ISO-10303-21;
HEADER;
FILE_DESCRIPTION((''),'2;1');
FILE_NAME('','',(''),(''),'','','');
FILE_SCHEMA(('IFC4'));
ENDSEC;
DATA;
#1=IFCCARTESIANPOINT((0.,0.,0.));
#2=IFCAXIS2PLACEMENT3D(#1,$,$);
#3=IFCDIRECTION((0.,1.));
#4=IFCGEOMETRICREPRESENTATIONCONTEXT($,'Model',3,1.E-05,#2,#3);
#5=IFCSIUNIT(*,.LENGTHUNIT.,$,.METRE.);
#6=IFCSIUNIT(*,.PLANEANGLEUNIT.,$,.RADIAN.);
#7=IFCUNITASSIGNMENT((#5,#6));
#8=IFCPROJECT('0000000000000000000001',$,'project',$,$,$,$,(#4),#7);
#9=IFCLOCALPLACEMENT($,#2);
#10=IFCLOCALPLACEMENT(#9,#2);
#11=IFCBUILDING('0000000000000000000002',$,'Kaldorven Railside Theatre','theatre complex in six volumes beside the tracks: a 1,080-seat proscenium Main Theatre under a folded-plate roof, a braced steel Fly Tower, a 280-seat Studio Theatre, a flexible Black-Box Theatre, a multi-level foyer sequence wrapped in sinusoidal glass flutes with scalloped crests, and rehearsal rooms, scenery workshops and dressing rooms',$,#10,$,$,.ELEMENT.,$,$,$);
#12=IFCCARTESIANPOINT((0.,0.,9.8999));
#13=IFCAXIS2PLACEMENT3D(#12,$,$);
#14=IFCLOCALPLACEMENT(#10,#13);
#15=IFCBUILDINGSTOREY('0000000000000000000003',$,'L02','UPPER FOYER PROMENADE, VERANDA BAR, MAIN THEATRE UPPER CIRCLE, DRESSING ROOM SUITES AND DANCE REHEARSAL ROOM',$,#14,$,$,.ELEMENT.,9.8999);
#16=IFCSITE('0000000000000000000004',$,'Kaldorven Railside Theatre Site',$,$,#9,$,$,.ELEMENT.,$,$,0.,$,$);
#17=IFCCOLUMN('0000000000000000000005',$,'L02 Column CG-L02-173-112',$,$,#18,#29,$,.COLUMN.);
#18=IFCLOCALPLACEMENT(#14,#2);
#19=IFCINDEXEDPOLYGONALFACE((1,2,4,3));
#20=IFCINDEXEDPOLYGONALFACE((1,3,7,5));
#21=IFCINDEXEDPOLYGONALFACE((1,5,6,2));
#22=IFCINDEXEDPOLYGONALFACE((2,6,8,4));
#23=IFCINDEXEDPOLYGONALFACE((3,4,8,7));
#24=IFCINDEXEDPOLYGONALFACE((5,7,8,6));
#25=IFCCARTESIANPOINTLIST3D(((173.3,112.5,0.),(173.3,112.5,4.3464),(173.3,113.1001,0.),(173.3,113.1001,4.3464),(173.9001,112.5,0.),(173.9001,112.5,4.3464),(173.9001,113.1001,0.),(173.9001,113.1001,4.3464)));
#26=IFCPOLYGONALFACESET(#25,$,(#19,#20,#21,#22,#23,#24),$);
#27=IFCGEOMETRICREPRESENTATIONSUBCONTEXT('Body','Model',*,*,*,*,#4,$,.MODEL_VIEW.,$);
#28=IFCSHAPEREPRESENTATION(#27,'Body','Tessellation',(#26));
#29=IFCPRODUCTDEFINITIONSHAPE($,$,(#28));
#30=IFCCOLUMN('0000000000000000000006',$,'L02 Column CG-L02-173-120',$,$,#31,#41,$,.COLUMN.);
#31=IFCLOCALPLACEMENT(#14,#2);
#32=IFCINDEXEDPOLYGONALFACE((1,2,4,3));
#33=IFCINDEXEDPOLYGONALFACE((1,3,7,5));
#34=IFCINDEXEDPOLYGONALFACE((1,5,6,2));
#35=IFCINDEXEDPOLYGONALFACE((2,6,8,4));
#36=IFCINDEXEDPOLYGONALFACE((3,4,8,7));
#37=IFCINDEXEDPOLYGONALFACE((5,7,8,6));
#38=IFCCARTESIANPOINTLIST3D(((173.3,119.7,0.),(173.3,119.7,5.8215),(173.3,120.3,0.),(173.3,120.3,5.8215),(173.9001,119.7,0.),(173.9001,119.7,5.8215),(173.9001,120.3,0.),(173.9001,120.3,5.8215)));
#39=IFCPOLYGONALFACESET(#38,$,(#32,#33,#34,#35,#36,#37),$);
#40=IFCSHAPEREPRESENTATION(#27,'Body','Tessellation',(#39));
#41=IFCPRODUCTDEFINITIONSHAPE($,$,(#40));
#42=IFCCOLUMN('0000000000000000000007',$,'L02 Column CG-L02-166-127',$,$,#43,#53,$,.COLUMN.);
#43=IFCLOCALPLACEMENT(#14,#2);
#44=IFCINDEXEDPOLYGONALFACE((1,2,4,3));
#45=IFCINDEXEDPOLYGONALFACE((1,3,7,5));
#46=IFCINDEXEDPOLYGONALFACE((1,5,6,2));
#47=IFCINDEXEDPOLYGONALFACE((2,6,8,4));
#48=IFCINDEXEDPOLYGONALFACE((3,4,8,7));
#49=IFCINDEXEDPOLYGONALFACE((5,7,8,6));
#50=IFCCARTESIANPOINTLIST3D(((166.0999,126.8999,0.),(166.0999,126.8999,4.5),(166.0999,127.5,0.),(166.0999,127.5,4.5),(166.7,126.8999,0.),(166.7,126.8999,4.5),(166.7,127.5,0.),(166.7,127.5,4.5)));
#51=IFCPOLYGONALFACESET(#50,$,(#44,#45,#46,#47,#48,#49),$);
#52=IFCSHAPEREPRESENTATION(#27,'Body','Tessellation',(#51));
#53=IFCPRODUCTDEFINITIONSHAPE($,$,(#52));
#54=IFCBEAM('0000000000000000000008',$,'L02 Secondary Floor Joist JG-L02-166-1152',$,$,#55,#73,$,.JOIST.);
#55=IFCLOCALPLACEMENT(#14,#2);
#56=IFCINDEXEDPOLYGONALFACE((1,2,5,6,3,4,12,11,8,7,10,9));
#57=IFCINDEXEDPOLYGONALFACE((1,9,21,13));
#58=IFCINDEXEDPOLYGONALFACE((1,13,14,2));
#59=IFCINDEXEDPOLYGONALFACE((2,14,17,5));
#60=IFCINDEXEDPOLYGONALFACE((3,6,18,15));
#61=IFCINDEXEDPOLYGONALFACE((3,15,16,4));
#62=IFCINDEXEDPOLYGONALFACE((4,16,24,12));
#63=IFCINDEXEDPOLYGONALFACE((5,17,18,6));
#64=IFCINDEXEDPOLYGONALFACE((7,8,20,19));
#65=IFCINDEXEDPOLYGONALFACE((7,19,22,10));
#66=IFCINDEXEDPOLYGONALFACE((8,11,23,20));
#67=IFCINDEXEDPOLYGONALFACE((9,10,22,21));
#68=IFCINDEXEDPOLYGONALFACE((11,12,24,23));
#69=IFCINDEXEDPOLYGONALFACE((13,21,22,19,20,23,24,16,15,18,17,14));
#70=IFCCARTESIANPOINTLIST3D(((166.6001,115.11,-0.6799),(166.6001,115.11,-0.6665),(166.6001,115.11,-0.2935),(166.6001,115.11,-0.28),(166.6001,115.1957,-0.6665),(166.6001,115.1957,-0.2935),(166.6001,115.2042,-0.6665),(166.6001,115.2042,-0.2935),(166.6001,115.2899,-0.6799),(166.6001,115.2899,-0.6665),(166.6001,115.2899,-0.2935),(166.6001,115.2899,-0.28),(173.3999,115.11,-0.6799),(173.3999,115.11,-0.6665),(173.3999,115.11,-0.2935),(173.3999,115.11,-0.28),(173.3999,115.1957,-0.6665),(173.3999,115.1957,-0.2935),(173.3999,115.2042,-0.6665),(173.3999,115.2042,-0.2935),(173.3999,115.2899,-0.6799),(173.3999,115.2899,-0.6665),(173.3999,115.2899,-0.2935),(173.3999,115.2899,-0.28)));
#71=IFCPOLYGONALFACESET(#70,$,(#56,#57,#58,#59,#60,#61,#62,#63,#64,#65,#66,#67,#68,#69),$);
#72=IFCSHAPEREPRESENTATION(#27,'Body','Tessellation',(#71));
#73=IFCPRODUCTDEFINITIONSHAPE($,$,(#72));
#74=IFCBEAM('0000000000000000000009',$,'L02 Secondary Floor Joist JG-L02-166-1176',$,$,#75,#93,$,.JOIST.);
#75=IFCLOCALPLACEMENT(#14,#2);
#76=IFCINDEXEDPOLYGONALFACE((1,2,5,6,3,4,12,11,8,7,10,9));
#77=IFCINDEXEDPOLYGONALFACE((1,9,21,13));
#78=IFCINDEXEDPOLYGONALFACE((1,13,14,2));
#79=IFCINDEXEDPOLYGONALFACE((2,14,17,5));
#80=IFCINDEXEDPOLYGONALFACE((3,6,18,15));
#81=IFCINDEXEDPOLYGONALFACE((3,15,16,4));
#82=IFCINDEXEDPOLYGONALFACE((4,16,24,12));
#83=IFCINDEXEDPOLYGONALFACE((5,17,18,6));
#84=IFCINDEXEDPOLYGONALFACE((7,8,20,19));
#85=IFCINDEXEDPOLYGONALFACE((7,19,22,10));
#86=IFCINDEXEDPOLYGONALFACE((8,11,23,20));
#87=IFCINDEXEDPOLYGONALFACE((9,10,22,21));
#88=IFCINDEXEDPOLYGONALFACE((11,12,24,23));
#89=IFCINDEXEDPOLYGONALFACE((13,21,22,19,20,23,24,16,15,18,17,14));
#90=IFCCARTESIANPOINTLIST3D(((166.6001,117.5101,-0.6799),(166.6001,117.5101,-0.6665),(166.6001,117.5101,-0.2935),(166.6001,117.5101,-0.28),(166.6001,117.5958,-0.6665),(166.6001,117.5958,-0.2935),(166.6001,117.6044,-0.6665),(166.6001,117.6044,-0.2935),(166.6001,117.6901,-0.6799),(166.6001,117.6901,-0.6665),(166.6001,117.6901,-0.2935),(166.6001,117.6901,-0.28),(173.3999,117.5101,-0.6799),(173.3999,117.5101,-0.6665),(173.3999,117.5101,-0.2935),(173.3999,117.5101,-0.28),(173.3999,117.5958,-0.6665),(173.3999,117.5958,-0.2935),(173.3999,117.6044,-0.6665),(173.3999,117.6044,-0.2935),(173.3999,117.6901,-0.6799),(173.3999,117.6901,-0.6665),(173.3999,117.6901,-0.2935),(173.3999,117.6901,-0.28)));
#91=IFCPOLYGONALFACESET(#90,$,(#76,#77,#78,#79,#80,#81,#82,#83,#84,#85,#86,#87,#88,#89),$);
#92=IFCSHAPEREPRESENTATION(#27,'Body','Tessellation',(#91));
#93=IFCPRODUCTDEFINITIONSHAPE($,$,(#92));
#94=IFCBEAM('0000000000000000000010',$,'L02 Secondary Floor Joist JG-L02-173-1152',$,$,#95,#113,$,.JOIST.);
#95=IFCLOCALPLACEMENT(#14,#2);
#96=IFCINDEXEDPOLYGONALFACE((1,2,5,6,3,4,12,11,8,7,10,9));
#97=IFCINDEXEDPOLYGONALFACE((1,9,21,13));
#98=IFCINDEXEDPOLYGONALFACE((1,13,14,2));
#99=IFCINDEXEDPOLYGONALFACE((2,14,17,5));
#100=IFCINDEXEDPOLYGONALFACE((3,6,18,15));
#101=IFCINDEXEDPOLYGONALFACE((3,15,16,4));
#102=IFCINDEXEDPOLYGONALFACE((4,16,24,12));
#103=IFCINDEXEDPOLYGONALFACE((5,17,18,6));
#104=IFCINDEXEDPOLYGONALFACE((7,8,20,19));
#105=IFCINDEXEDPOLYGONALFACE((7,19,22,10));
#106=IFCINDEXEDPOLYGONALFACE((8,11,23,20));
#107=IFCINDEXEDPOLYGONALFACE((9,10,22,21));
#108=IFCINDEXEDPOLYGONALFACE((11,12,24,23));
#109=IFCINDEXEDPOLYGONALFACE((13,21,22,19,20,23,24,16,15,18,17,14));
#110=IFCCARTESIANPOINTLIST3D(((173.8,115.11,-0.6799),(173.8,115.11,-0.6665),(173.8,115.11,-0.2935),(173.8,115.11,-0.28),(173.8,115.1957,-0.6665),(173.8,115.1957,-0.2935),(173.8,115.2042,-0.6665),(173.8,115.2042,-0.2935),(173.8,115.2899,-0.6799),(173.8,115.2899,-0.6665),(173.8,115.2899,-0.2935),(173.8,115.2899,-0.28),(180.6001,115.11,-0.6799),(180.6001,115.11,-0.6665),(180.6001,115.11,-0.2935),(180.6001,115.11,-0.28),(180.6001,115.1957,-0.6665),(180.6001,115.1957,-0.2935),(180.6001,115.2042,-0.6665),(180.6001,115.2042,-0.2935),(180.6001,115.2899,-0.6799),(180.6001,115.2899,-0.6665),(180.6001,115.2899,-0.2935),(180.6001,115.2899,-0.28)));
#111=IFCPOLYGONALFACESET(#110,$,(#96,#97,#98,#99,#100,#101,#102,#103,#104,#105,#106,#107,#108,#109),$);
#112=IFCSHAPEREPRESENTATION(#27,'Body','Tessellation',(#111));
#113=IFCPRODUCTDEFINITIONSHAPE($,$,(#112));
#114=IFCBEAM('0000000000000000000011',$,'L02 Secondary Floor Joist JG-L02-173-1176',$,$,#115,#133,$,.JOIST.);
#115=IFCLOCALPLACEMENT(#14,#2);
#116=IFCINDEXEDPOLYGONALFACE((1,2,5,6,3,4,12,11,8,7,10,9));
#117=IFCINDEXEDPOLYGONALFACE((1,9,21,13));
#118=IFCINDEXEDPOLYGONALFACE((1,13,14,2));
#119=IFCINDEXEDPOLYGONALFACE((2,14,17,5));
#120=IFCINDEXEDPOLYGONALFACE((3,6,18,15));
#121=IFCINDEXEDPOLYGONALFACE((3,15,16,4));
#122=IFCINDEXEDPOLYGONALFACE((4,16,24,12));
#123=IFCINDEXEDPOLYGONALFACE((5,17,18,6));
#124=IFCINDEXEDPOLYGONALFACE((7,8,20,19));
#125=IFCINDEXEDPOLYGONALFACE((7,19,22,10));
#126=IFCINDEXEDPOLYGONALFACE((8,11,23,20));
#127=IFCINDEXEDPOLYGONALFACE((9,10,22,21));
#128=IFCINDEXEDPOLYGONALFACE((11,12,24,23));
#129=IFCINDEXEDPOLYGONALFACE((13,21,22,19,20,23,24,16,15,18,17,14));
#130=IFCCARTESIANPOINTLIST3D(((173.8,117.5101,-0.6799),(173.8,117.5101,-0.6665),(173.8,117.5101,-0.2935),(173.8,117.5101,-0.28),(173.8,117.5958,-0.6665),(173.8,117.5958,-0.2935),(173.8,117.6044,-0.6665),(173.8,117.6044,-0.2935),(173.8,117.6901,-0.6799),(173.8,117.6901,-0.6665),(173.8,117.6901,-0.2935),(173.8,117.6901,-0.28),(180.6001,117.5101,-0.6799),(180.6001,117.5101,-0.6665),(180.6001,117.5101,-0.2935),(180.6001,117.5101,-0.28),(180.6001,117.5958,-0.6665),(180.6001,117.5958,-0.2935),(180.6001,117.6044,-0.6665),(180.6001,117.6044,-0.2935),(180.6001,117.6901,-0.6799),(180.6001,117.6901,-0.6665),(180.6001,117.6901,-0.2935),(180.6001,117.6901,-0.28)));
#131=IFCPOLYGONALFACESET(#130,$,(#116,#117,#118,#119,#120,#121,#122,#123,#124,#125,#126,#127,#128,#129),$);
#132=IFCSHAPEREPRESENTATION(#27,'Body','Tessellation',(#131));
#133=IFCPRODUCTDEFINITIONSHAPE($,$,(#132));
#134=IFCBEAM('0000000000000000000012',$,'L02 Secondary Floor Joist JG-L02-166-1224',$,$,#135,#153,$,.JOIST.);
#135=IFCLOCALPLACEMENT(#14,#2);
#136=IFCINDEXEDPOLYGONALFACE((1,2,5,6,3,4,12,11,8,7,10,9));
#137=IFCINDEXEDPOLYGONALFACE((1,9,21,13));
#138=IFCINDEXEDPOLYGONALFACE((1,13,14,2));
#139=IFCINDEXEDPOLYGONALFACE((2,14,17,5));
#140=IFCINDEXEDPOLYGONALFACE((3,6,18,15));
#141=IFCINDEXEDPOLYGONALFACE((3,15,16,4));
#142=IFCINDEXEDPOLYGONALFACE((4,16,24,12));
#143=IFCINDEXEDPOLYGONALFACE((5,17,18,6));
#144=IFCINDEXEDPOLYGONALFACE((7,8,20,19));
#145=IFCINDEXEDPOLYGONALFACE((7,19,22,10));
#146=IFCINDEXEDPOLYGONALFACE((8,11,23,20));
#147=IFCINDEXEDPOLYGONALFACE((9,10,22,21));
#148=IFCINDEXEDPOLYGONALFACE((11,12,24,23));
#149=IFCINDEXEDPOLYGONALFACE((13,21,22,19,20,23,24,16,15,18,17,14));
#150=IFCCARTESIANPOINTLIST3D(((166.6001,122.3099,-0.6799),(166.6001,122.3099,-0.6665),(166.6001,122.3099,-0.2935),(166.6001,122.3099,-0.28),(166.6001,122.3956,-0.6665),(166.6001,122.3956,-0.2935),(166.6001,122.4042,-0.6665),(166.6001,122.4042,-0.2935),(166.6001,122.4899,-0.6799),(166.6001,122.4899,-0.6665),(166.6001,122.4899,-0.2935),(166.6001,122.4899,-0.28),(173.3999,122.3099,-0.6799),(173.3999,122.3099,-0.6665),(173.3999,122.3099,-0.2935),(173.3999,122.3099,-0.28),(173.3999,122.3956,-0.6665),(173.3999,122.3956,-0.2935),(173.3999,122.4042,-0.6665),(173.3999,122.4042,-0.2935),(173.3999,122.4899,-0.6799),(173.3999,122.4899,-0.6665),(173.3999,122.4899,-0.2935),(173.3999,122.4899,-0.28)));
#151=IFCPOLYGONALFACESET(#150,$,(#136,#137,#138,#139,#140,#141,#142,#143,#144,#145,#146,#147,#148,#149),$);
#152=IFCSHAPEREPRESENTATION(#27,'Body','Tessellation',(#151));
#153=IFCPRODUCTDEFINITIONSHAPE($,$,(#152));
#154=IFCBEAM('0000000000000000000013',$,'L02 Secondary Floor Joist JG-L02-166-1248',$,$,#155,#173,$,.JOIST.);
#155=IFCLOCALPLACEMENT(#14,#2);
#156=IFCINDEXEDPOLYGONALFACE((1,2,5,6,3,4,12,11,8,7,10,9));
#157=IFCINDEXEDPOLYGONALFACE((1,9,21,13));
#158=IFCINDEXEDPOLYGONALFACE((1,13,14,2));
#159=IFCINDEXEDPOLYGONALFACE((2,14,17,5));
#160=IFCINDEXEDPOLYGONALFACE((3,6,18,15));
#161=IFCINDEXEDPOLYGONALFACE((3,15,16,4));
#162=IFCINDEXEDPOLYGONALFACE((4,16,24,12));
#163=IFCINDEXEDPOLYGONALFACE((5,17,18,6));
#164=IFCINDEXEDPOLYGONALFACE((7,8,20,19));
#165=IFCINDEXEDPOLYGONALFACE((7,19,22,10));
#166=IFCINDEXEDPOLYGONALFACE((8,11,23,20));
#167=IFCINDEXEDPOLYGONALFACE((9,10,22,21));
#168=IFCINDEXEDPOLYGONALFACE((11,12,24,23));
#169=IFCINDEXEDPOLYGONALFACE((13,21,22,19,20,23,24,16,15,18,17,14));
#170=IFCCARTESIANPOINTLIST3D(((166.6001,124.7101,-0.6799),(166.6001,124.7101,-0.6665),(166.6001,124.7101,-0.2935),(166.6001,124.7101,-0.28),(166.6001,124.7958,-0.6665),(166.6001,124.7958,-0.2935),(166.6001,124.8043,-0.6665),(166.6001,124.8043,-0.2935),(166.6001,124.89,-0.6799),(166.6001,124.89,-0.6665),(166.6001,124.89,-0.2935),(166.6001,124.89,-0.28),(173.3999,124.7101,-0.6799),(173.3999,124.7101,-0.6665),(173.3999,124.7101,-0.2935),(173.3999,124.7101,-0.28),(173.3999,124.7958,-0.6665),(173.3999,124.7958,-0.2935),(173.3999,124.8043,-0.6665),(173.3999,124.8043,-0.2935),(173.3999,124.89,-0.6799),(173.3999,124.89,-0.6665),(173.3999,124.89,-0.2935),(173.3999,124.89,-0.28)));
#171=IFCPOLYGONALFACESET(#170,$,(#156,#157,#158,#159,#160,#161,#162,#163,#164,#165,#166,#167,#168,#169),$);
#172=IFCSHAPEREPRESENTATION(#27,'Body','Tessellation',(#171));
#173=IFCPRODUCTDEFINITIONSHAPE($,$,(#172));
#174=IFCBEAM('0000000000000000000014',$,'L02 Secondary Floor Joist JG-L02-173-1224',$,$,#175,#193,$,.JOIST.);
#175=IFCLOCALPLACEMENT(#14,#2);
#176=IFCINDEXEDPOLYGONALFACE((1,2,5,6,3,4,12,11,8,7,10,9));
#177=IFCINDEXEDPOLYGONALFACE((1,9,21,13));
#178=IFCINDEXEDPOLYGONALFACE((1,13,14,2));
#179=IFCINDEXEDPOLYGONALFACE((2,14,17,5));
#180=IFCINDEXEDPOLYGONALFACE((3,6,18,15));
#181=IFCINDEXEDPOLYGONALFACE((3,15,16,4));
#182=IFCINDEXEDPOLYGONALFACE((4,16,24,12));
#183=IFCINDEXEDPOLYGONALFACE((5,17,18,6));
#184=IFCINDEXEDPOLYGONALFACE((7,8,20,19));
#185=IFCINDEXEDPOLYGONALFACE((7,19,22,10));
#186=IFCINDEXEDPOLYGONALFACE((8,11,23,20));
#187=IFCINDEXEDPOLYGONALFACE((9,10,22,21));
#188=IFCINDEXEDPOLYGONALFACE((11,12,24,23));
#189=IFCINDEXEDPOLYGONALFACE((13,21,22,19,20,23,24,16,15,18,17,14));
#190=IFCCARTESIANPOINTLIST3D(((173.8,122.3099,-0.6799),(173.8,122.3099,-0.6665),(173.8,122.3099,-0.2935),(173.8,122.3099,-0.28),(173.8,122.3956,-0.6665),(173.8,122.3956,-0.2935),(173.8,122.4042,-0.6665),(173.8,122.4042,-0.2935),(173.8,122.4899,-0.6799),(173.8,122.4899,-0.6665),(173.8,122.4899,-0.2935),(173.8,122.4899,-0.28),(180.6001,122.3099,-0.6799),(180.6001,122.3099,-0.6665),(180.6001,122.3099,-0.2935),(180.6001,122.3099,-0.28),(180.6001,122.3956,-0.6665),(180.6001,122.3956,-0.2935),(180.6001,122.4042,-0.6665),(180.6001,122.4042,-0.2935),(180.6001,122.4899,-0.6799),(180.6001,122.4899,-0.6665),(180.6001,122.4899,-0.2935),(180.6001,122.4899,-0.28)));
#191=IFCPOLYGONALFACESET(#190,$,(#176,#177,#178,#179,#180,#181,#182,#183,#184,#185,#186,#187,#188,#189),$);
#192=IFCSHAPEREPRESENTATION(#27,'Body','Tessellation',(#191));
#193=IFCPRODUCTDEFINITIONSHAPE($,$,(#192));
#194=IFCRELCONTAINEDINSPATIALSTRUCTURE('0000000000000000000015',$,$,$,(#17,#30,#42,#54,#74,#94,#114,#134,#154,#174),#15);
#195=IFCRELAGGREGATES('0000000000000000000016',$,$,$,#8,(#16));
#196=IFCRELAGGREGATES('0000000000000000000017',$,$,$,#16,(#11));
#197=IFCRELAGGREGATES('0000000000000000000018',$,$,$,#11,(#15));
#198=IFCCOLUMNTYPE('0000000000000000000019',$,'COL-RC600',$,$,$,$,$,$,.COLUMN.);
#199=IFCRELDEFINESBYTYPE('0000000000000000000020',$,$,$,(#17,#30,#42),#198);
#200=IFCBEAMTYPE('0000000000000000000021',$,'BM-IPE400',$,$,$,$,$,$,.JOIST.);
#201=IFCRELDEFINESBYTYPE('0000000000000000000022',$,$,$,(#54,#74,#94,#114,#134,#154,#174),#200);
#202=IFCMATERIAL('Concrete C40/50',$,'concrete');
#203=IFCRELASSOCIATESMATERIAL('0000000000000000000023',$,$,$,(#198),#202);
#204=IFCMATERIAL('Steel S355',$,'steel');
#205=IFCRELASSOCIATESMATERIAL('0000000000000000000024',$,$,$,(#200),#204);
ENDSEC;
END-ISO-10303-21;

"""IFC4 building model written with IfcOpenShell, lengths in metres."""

from ifc_helpers import new_model, si_unit, direction, frame, origin, origin_2d, place, context, subcontext, project, spatial, rectangle, i_section, extrude, material, material_profile, profile_set, type_object, element, save


model = new_model("IFC4")

# Units and contexts
model_context = context("Model", 3, precision=1e-05, world=origin(), true_north=direction((0.0, 1.0)))
body_context = subcontext(model_context, "Body", "Model", "MODEL_VIEW")
ifc_project = project(units=[si_unit("LENGTHUNIT", "METRE"), si_unit("PLANEANGLEUNIT", "RADIAN")], contexts=[model_context])

# Site, building, storey
site_placement = place(None, origin())
site = spatial("IfcSite", under=ifc_project, at=site_placement, Name="Kaldorven Railside Theatre Site", CompositionType="ELEMENT", RefElevation=0.0)
building_placement = place(site_placement, origin())
building = spatial("IfcBuilding", under=site, at=building_placement, Name="Kaldorven Railside Theatre", Description="theatre complex in six volumes beside the tracks: a 1,080-seat proscenium Main Theatre under a folded-plate roof, a braced steel Fly Tower, a 280-seat Studio Theatre, a flexible Black-Box Theatre, a multi-level foyer sequence wrapped in sinusoidal glass flutes with scalloped crests, and rehearsal rooms, scenery workshops and dressing rooms", CompositionType="ELEMENT")
storey_placement = place(building_placement, frame((0.0, 0.0, 9.8999)))
storey = spatial("IfcBuildingStorey", under=building, at=storey_placement, Name="L02", Description="UPPER FOYER PROMENADE, VERANDA BAR, MAIN THEATRE UPPER CIRCLE, DRESSING ROOM SUITES AND DANCE REHEARSAL ROOM", CompositionType="ELEMENT", Elevation=9.8999)

# Columns
ifc_material_1 = material(Name="Concrete C40/50", Category="concrete")
ifc_material_profile_1 = material_profile(ifc_material_1, rectangle(XDim=0.6001, YDim=0.6001, at=origin_2d()), Name="RC 600x600")
ifc_profile_set_1 = profile_set([ifc_material_profile_1], Name="Concrete C40/50")
column_type = type_object("IfcColumnType", Name="COL-RC600", PredefinedType="COLUMN", material=ifc_profile_set_1)
column_1_placement = place(storey_placement, frame((173.6001, 112.8, 0.0), z_axis=(0.0, 0.0, 1.0), x_axis=(1.0, 0.0, 0.0)))
element("IfcColumn", 1, at=column_1_placement, inside=storey, type_object=column_type, Name="L02 Column CG-L02-173-112", PredefinedType="COLUMN", context=body_context, shape_type="SweptSolid", body=[
    extrude(rectangle(XDim=0.6001, YDim=0.6001, at=origin_2d()), origin(), (0.0, 0.0, 1.0), 4.3464),
])
column_2_placement = place(storey_placement, frame((173.6001, 120.0, 0.0), z_axis=(0.0, 0.0, 1.0), x_axis=(0.0, 1.0, 0.0)))
element("IfcColumn", 2, at=column_2_placement, inside=storey, type_object=column_type, Name="L02 Column CG-L02-173-120", PredefinedType="COLUMN", context=body_context, shape_type="SweptSolid", body=[
    extrude(rectangle(XDim=0.6001, YDim=0.6001, at=origin_2d()), origin(), (0.0, 0.0, 1.0), 5.8215),
])
column_3_placement = place(storey_placement, frame((166.3999, 127.2, 0.0), z_axis=(0.0, 0.0, 1.0), x_axis=(0.0, 1.0, 0.0)))
element("IfcColumn", 3, at=column_3_placement, inside=storey, type_object=column_type, Name="L02 Column CG-L02-166-127", PredefinedType="COLUMN", context=body_context, shape_type="SweptSolid", body=[
    extrude(rectangle(XDim=0.6001, YDim=0.6001, at=origin_2d()), origin(), (0.0, 0.0, 1.0), 4.5),
])

# Beams
ifc_material_2 = material(Name="Steel S355", Category="steel")
ifc_material_profile_2 = material_profile(ifc_material_2, i_section(OverallWidth=0.1799, OverallDepth=0.3999, WebThickness=0.0085, FlangeThickness=0.0134, at=origin_2d()), Name="IPE 400")
ifc_profile_set_2 = profile_set([ifc_material_profile_2], Name="Steel S355")
beam_type_1 = type_object("IfcBeamType", Name="BM-IPE400", PredefinedType="JOIST", material=ifc_profile_set_2)
for number, where, z_axis, x_axis, name in (
    (4, (166.6001, 115.2, -0.48), (1.0, 0.0, 0.0), (0.0, 1.0, 0.0), "L02 Secondary Floor Joist JG-L02-166-1152"),
    (5, (166.6001, 117.6001, -0.48), (1.0, 0.0, 0.0), (0.0, 1.0, 0.0), "L02 Secondary Floor Joist JG-L02-166-1176"),
):
    element("IfcBeam", number, at=place(storey_placement, frame(where, z_axis=z_axis, x_axis=x_axis)), inside=storey, type_object=beam_type_1, Name=name, PredefinedType="JOIST", context=body_context, shape_type="SweptSolid", body=[
        extrude(i_section(OverallWidth=0.1799, OverallDepth=0.3999, WebThickness=0.0085, FlangeThickness=0.0134, at=origin_2d()), origin(), (0.0, 0.0, 1.0), 6.7998),
    ])
for number, where, z_axis, x_axis, name in (
    (6, (173.8, 115.2, -0.48), (1.0, 0.0, 0.0), (0.0, 1.0, 0.0), "L02 Secondary Floor Joist JG-L02-173-1152"),
    (7, (173.8, 117.6001, -0.48), (1.0, 0.0, 0.0), (0.0, 1.0, 0.0), "L02 Secondary Floor Joist JG-L02-173-1176"),
):
    element("IfcBeam", number, at=place(storey_placement, frame(where, z_axis=z_axis, x_axis=x_axis)), inside=storey, type_object=beam_type_1, Name=name, PredefinedType="JOIST", context=body_context, shape_type="SweptSolid", body=[
        extrude(i_section(OverallWidth=0.1799, OverallDepth=0.3999, WebThickness=0.0085, FlangeThickness=0.0134, at=origin_2d()), origin(), (0.0, 0.0, 1.0), 6.8),
    ])
for number, where, z_axis, x_axis, name in (
    (8, (166.6001, 122.3999, -0.48), (1.0, 0.0, 0.0), (0.0, 1.0, 0.0), "L02 Secondary Floor Joist JG-L02-166-1224"),
    (9, (166.6001, 124.8, -0.48), (1.0, 0.0, 0.0), (0.0, 1.0, 0.0), "L02 Secondary Floor Joist JG-L02-166-1248"),
):
    element("IfcBeam", number, at=place(storey_placement, frame(where, z_axis=z_axis, x_axis=x_axis)), inside=storey, type_object=beam_type_1, Name=name, PredefinedType="JOIST", context=body_context, shape_type="SweptSolid", body=[
        extrude(i_section(OverallWidth=0.1799, OverallDepth=0.3999, WebThickness=0.0085, FlangeThickness=0.0134, at=origin_2d()), origin(), (0.0, 0.0, 1.0), 6.7998),
    ])
for number, where, z_axis, x_axis, name in (
    (10, (173.8, 122.3999, -0.48), (1.0, 0.0, 0.0), (0.0, 1.0, 0.0), "L02 Secondary Floor Joist JG-L02-173-1224"),
):
    element("IfcBeam", number, at=place(storey_placement, frame(where, z_axis=z_axis, x_axis=x_axis)), inside=storey, type_object=beam_type_1, Name=name, PredefinedType="JOIST", context=body_context, shape_type="SweptSolid", body=[
        extrude(i_section(OverallWidth=0.1799, OverallDepth=0.3999, WebThickness=0.0085, FlangeThickness=0.0134, at=origin_2d()), origin(), (0.0, 0.0, 1.0), 6.8),
    ])

save(model, "model.ifc")
